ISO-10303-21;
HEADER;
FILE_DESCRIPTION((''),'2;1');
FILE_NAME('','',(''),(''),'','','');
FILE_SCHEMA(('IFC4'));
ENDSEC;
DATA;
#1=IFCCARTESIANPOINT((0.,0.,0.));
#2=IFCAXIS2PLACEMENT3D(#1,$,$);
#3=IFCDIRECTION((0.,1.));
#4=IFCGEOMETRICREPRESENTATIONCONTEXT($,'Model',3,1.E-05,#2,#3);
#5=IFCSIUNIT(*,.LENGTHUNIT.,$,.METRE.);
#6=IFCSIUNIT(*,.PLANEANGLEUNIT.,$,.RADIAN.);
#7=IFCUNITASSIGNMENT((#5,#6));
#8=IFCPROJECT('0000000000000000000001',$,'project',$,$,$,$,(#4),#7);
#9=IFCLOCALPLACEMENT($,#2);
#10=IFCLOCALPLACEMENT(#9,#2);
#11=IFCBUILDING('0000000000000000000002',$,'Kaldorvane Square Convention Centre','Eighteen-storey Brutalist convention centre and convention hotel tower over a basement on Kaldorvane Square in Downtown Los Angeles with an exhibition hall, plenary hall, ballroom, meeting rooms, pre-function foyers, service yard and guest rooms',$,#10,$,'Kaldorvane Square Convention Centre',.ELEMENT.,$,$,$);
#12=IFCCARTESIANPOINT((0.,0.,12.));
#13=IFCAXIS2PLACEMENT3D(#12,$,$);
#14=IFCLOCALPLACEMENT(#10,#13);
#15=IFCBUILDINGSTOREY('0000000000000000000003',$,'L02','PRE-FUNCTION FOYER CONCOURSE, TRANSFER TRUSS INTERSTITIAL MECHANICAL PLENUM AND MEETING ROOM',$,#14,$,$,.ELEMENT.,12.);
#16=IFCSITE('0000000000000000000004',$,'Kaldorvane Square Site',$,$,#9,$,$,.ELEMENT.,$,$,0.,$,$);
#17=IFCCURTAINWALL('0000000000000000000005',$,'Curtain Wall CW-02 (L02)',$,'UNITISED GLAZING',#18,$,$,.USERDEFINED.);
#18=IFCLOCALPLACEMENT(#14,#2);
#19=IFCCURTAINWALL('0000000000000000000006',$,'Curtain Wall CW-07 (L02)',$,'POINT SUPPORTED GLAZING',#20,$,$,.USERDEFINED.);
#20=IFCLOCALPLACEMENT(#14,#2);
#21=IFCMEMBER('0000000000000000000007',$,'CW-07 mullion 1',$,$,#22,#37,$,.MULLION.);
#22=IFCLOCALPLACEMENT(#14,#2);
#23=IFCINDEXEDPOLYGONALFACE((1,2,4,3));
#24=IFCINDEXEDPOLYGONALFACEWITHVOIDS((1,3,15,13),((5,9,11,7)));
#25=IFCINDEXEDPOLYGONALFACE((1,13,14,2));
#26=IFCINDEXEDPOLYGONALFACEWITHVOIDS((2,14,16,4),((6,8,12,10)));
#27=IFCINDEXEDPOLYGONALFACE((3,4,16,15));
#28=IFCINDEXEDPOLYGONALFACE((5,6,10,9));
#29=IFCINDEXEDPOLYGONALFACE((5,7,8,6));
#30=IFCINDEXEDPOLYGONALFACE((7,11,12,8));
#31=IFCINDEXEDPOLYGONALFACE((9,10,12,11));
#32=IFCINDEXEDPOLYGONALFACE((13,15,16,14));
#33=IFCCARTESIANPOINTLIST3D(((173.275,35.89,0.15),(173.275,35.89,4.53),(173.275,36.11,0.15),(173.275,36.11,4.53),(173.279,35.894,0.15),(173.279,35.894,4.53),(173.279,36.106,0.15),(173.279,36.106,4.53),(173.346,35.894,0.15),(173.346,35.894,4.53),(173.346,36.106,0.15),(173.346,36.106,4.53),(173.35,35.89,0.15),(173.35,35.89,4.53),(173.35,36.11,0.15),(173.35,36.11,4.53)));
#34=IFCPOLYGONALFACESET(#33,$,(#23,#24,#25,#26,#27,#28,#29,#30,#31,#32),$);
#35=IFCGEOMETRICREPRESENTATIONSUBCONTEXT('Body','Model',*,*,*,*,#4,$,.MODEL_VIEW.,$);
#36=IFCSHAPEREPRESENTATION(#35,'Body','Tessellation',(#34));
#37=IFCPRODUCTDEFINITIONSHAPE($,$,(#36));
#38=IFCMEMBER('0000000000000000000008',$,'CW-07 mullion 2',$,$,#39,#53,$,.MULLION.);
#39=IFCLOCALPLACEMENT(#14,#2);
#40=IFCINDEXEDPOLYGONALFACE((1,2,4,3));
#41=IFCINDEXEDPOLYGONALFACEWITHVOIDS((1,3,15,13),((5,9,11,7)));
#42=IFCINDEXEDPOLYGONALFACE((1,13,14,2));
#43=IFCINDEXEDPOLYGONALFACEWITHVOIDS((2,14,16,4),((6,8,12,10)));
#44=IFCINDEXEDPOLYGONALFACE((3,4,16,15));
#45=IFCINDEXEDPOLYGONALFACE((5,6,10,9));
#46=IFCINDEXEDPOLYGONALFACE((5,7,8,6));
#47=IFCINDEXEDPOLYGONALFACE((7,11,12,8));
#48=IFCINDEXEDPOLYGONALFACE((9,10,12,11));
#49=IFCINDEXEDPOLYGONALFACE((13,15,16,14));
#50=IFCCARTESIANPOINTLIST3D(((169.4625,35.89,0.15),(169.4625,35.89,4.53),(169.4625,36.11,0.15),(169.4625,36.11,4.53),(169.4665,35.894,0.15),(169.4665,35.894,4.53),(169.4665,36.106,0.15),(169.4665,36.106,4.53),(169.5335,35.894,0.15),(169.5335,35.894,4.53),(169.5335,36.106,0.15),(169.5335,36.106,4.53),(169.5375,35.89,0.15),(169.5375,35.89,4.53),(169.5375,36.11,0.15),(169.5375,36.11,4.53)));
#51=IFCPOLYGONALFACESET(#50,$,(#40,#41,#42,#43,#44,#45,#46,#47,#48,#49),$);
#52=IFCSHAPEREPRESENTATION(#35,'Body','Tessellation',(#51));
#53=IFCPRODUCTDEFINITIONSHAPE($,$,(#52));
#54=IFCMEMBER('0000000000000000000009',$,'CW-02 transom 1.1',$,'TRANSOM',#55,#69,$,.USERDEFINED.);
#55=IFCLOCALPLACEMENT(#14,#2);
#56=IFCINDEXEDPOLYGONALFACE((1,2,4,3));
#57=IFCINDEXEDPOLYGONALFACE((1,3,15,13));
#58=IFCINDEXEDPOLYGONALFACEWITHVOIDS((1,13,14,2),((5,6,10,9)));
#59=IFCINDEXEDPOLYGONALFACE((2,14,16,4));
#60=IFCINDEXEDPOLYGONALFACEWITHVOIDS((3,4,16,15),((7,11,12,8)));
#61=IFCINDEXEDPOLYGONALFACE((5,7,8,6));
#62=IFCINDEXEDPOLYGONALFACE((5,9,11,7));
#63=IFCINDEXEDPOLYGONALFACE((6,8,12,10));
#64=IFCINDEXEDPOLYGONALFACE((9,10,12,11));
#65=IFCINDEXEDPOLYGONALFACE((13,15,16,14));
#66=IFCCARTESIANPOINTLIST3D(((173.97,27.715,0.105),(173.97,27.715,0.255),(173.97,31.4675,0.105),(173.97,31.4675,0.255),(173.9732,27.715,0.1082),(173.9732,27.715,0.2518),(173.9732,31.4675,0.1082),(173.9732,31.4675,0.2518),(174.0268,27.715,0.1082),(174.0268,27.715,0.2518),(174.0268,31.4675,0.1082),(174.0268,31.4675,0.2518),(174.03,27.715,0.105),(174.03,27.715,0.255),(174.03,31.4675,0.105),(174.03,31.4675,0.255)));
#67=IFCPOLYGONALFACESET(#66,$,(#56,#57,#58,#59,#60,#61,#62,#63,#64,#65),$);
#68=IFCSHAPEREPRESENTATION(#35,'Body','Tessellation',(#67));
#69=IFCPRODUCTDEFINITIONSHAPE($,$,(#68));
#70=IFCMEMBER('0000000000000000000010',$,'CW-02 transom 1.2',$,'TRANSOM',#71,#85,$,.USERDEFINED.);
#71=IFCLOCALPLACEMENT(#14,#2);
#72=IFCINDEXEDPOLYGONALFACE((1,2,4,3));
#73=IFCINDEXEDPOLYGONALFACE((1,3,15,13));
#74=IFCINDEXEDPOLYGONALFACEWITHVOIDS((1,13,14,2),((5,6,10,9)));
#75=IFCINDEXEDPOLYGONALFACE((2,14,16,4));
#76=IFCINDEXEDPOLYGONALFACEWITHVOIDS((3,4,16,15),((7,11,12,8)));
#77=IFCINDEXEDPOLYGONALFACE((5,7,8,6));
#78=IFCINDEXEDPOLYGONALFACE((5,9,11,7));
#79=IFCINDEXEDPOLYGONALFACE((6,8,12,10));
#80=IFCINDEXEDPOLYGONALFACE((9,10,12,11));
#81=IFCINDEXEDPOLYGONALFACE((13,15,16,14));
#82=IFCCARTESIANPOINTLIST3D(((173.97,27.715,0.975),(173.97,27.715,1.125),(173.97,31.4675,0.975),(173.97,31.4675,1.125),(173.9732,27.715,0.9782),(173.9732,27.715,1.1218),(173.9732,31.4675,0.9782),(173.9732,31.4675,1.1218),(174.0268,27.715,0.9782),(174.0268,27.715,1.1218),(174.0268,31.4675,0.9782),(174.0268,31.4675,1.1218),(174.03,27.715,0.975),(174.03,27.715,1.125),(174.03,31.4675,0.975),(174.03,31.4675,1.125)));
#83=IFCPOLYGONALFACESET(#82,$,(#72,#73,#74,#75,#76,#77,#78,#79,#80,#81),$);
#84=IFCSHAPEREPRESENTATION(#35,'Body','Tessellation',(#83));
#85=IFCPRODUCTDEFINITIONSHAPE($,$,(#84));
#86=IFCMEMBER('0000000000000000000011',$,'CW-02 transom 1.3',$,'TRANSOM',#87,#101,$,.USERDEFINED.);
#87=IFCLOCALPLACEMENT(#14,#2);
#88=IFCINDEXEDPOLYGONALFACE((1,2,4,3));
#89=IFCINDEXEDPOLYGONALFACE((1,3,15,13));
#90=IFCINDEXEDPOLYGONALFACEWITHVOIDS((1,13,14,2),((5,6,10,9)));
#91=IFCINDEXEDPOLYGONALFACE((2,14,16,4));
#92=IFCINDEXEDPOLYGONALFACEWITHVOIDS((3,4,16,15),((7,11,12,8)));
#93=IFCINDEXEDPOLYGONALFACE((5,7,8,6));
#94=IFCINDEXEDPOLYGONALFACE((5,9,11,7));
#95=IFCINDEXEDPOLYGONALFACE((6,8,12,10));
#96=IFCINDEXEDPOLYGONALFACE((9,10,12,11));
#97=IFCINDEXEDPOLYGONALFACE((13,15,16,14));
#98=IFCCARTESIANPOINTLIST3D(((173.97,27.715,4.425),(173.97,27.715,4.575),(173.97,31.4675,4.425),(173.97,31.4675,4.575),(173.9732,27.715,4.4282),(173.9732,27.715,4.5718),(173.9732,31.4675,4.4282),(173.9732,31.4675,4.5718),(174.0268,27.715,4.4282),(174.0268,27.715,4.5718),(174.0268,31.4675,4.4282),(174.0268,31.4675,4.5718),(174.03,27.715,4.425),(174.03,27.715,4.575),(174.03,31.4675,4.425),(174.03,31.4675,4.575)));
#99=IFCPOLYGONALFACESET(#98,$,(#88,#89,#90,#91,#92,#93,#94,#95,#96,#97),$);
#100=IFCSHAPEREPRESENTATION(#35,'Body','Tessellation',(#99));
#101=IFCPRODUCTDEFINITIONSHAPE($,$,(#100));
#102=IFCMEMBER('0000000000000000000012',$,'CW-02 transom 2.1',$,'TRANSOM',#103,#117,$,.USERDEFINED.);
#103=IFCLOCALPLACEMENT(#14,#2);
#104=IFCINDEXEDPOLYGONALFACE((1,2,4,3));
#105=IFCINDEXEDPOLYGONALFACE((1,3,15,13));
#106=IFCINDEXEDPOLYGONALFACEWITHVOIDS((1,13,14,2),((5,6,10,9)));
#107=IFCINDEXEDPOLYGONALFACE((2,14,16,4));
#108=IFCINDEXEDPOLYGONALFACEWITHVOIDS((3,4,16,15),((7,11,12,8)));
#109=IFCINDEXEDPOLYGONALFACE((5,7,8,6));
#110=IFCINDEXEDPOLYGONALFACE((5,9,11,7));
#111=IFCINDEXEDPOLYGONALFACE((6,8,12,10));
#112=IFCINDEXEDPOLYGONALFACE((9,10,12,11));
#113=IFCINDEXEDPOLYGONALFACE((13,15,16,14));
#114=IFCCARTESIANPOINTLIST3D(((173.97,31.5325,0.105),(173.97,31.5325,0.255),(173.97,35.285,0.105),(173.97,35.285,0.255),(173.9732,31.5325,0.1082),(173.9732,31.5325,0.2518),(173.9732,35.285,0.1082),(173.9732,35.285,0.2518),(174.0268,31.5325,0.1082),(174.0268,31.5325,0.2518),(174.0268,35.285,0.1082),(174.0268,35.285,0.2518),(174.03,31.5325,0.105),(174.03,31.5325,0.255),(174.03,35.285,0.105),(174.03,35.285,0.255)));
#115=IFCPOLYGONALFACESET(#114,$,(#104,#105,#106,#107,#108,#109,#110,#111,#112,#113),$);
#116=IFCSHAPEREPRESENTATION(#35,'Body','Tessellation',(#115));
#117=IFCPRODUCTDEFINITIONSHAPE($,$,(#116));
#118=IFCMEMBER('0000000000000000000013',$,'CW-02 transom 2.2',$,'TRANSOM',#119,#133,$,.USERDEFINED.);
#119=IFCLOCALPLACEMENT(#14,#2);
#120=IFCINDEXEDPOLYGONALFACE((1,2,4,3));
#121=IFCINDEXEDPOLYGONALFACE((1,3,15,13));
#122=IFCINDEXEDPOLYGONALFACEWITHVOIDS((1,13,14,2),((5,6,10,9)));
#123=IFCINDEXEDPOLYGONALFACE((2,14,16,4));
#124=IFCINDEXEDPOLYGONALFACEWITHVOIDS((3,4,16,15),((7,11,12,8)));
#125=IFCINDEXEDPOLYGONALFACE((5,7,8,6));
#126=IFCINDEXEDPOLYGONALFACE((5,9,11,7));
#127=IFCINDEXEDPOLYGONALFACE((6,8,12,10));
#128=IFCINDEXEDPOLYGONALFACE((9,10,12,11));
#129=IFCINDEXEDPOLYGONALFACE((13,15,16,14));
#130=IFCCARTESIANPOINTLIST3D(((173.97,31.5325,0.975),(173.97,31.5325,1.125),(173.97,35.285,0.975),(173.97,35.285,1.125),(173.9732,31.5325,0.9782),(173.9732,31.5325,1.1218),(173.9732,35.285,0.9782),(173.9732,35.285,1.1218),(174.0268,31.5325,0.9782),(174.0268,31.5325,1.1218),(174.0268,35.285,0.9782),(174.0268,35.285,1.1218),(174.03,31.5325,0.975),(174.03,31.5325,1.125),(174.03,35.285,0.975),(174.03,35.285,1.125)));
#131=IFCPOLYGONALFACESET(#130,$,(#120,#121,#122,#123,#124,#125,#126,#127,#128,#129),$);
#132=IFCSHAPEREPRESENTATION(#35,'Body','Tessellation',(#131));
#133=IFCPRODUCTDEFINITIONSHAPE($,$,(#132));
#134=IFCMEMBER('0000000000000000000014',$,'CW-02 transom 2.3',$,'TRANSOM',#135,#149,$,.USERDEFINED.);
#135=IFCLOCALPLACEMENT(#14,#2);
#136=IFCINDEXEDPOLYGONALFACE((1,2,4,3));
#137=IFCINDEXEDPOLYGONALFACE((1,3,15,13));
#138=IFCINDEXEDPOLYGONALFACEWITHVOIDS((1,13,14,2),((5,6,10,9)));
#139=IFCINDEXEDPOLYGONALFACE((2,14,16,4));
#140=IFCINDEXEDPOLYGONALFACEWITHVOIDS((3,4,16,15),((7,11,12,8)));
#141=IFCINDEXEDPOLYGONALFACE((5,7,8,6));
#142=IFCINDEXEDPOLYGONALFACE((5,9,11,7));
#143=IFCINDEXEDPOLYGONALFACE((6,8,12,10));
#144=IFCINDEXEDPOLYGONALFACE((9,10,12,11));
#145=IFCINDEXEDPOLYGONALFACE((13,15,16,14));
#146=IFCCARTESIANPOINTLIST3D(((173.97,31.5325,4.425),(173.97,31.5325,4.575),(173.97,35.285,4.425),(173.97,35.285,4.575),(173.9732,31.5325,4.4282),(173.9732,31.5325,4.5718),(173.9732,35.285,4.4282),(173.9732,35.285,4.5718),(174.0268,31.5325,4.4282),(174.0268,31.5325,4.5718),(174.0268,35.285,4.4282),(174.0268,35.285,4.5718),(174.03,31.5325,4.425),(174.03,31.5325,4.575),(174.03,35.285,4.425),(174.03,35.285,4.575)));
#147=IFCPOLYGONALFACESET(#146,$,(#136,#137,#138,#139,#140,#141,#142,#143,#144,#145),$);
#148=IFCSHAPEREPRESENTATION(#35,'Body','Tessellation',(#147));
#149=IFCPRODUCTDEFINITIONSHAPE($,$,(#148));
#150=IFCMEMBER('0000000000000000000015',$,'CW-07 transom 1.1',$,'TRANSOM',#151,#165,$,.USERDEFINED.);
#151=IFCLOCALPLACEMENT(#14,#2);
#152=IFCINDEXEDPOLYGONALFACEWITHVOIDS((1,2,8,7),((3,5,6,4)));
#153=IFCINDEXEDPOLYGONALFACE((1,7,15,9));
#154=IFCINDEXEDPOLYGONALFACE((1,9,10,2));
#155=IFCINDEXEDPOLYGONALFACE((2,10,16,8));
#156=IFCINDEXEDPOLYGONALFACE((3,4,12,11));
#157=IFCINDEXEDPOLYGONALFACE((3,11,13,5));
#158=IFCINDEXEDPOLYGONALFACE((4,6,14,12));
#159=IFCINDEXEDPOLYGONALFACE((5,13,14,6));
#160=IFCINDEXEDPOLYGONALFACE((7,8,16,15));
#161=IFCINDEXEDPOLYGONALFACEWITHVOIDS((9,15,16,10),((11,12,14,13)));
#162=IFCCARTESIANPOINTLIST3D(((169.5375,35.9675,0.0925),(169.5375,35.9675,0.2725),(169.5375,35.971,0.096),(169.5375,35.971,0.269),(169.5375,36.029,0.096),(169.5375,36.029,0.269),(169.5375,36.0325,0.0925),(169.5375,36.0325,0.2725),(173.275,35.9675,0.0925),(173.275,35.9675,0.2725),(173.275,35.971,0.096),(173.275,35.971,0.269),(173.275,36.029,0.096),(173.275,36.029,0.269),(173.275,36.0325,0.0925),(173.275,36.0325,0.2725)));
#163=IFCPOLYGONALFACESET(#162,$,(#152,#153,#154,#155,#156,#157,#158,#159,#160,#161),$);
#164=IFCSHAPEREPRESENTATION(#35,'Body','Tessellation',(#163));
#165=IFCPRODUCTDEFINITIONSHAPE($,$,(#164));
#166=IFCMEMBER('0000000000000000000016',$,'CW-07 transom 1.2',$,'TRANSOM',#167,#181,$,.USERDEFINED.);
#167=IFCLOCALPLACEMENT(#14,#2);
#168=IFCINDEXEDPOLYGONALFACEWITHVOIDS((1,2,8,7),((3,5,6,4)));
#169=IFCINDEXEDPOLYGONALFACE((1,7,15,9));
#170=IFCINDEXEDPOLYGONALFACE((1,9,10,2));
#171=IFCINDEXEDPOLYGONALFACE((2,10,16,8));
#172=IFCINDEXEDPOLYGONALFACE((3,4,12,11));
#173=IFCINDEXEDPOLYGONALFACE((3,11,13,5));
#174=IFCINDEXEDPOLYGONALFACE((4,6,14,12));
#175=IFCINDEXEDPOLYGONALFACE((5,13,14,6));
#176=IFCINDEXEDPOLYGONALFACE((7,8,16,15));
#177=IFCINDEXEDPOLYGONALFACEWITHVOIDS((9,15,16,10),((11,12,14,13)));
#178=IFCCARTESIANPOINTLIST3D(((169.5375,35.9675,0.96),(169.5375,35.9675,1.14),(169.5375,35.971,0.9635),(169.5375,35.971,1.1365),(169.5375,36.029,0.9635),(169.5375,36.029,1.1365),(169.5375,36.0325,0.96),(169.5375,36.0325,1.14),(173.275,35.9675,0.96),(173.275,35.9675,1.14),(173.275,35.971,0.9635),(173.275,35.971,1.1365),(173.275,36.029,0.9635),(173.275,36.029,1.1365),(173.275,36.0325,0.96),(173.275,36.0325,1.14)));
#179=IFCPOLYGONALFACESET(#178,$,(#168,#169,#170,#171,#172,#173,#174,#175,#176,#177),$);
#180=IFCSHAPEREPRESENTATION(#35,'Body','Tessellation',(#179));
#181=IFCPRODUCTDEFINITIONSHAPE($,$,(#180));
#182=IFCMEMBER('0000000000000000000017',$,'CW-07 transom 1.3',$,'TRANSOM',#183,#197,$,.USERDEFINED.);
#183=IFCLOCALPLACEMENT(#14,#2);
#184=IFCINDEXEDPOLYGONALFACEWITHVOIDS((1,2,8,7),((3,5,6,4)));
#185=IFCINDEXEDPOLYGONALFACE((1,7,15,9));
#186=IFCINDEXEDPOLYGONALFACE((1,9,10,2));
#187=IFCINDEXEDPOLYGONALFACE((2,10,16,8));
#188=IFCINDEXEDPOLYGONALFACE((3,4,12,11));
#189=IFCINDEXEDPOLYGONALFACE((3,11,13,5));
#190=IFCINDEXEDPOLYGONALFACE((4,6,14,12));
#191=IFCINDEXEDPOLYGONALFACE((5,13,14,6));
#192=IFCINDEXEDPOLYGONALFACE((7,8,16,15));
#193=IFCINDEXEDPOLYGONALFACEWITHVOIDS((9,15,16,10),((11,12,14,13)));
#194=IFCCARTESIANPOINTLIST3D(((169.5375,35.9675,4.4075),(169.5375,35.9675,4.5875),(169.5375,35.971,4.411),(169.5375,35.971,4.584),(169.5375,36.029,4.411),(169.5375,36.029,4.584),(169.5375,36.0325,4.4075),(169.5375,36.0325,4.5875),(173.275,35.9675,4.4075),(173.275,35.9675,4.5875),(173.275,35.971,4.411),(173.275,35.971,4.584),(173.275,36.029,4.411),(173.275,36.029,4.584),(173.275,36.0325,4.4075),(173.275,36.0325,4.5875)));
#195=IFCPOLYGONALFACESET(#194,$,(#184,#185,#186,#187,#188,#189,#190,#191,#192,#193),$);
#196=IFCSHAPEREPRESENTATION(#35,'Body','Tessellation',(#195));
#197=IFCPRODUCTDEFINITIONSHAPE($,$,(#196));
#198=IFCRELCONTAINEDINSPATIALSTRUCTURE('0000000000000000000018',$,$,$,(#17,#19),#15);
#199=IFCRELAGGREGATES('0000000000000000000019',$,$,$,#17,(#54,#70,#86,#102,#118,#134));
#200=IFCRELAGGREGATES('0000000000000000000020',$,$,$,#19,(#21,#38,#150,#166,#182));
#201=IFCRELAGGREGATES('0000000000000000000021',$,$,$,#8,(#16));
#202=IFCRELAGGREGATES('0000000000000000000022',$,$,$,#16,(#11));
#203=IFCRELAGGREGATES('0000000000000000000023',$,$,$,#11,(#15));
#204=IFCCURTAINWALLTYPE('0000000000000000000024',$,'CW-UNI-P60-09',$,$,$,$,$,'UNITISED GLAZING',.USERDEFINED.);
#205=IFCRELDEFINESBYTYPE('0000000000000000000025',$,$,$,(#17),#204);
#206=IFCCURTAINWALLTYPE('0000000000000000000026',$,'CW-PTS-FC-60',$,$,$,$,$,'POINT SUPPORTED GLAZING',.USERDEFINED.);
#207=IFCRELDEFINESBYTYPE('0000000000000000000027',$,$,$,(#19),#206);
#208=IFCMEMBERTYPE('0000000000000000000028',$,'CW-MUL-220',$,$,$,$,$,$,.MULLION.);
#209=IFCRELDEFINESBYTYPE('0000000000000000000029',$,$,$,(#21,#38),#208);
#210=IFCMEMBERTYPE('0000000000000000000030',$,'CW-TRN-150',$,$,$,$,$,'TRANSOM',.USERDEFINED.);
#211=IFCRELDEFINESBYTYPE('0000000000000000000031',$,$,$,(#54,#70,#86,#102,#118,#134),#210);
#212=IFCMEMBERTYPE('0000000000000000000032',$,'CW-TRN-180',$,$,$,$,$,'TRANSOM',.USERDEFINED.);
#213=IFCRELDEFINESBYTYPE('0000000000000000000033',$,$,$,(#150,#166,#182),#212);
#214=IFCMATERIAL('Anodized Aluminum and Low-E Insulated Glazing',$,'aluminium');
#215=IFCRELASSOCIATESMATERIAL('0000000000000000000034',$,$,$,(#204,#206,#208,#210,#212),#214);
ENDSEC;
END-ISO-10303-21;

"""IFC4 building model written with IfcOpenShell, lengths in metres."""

from ifc_helpers import new_model, si_unit, direction, frame, origin, origin_2d, place, context, subcontext, project, spatial, hollow_rectangle, extrude, material, material_profile, profile_set, type_object, element, aggregate, save


model = new_model("IFC4")

# Units and contexts
model_context = context("Model", 3, precision=1e-05, world=origin(), true_north=direction((0.0, 1.0)))
body_context = subcontext(model_context, "Body", "Model", "MODEL_VIEW")
ifc_project = project(units=[si_unit("LENGTHUNIT", "METRE"), si_unit("PLANEANGLEUNIT", "RADIAN")], contexts=[model_context])

# Site, building, storey
site_placement = place(None, origin())
site = spatial("IfcSite", under=ifc_project, at=site_placement, Name="Kaldorvane Square Site", CompositionType="ELEMENT", RefElevation=0.0)
building_placement = place(site_placement, origin())
building = spatial("IfcBuilding", under=site, at=building_placement, Name="Kaldorvane Square Convention Centre", Description="Eighteen-storey Brutalist convention centre and convention hotel tower over a basement on Kaldorvane Square in Downtown Los Angeles with an exhibition hall, plenary hall, ballroom, meeting rooms, pre-function foyers, service yard and guest rooms", LongName="Kaldorvane Square Convention Centre", CompositionType="ELEMENT")
storey_placement = place(building_placement, frame((0.0, 0.0, 12.0)))
storey = spatial("IfcBuildingStorey", under=building, at=storey_placement, Name="L02", Description="PRE-FUNCTION FOYER CONCOURSE, TRANSFER TRUSS INTERSTITIAL MECHANICAL PLENUM AND MEETING ROOM", CompositionType="ELEMENT", Elevation=12.0)

# Shared definitions
ifc_material_1 = material(Name="Anodized Aluminum and Low-E Insulated Glazing", Category="aluminium")
curtain_wall_type_1 = type_object("IfcCurtainWallType", Name="CW-UNI-P60-09", ElementType="UNITISED GLAZING", PredefinedType="USERDEFINED", material=ifc_material_1)

# Curtain walls, members
curtain_wall_1_placement = place(storey_placement, origin())
curtain_wall_1 = element("IfcCurtainWall", 1, at=curtain_wall_1_placement, inside=storey, type_object=curtain_wall_type_1, Name="Curtain Wall CW-02 (L02)", ObjectType="UNITISED GLAZING", PredefinedType="USERDEFINED")
curtain_wall_type_2 = type_object("IfcCurtainWallType", Name="CW-PTS-FC-60", ElementType="POINT SUPPORTED GLAZING", PredefinedType="USERDEFINED", material=ifc_material_1)
curtain_wall_2_placement = place(storey_placement, origin())
curtain_wall_2 = element("IfcCurtainWall", 2, at=curtain_wall_2_placement, inside=storey, type_object=curtain_wall_type_2, Name="Curtain Wall CW-07 (L02)", ObjectType="POINT SUPPORTED GLAZING", PredefinedType="USERDEFINED")
ifc_material_profile_1 = material_profile(ifc_material_1, hollow_rectangle(XDim=0.075, YDim=0.22, WallThickness=0.004, at=origin_2d()), Name="CWM-220X75")
ifc_profile_set_1 = profile_set([ifc_material_profile_1], Name="Anodized Aluminum and Low-E Insulated Glazing")
member_type_1 = type_object("IfcMemberType", Name="CW-MUL-220", PredefinedType="MULLION", material=ifc_profile_set_1)
member_1_placement = place(storey_placement, frame((173.3125, 36.0, 0.15), z_axis=(0.0, 0.0, 1.0), x_axis=(-1.0, 0.0, 0.0)))
member_1 = element("IfcMember", 3, at=member_1_placement, type_object=member_type_1, Name="CW-07 mullion 1", PredefinedType="MULLION", context=body_context, shape_type="SweptSolid", body=[
    extrude(hollow_rectangle(XDim=0.075, YDim=0.22, WallThickness=0.004, at=origin_2d()), origin(), (0.0, 0.0, 1.0), 4.38),
])
member_2_placement = place(storey_placement, frame((169.5, 36.0, 0.15), z_axis=(0.0, 0.0, 1.0), x_axis=(-1.0, 0.0, 0.0)))
member_2 = element("IfcMember", 4, at=member_2_placement, type_object=member_type_1, Name="CW-07 mullion 2", PredefinedType="MULLION", context=body_context, shape_type="SweptSolid", body=[
    extrude(hollow_rectangle(XDim=0.075, YDim=0.22, WallThickness=0.004, at=origin_2d()), origin(), (0.0, 0.0, 1.0), 4.38),
])

# Members
ifc_material_profile_2 = material_profile(ifc_material_1, hollow_rectangle(XDim=0.06, YDim=0.15, WallThickness=0.0032, at=origin_2d()), Name="CWT-150X60")
ifc_profile_set_2 = profile_set([ifc_material_profile_2], Name="Anodized Aluminum and Low-E Insulated Glazing")
member_type_2 = type_object("IfcMemberType", Name="CW-TRN-150", ElementType="TRANSOM", PredefinedType="USERDEFINED", material=ifc_profile_set_2)
member_3_placement = place(storey_placement, frame((174.0, 27.715, 0.18), z_axis=(0.0, 1.0, 0.0), x_axis=(-1.0, 0.0, 0.0)))
member_3 = element("IfcMember", 5, at=member_3_placement, type_object=member_type_2, Name="CW-02 transom 1.1", ObjectType="TRANSOM", PredefinedType="USERDEFINED", context=body_context, shape_type="SweptSolid", body=[
    extrude(hollow_rectangle(XDim=0.06, YDim=0.15, WallThickness=0.0032, at=origin_2d()), origin(), (0.0, 0.0, 1.0), 3.7525),
])
member_4_placement = place(storey_placement, frame((174.0, 27.715, 1.05), z_axis=(0.0, 1.0, 0.0), x_axis=(-1.0, 0.0, 0.0)))
member_4 = element("IfcMember", 6, at=member_4_placement, type_object=member_type_2, Name="CW-02 transom 1.2", ObjectType="TRANSOM", PredefinedType="USERDEFINED", context=body_context, shape_type="SweptSolid", body=[
    extrude(hollow_rectangle(XDim=0.06, YDim=0.15, WallThickness=0.0032, at=origin_2d()), origin(), (0.0, 0.0, 1.0), 3.7525),
])
member_5_placement = place(storey_placement, frame((174.0, 27.715, 4.5), z_axis=(0.0, 1.0, 0.0), x_axis=(-1.0, 0.0, 0.0)))
member_5 = element("IfcMember", 7, at=member_5_placement, type_object=member_type_2, Name="CW-02 transom 1.3", ObjectType="TRANSOM", PredefinedType="USERDEFINED", context=body_context, shape_type="SweptSolid", body=[
    extrude(hollow_rectangle(XDim=0.06, YDim=0.15, WallThickness=0.0032, at=origin_2d()), origin(), (0.0, 0.0, 1.0), 3.7525),
])
member_6_placement = place(storey_placement, frame((174.0, 31.5325, 0.18), z_axis=(0.0, 1.0, 0.0), x_axis=(-1.0, 0.0, 0.0)))
member_6 = element("IfcMember", 8, at=member_6_placement, type_object=member_type_2, Name="CW-02 transom 2.1", ObjectType="TRANSOM", PredefinedType="USERDEFINED", context=body_context, shape_type="SweptSolid", body=[
    extrude(hollow_rectangle(XDim=0.06, YDim=0.15, WallThickness=0.0032, at=origin_2d()), origin(), (0.0, 0.0, 1.0), 3.7525),
])
member_7_placement = place(storey_placement, frame((174.0, 31.5325, 1.05), z_axis=(0.0, 1.0, 0.0), x_axis=(-1.0, 0.0, 0.0)))
member_7 = element("IfcMember", 9, at=member_7_placement, type_object=member_type_2, Name="CW-02 transom 2.2", ObjectType="TRANSOM", PredefinedType="USERDEFINED", context=body_context, shape_type="SweptSolid", body=[
    extrude(hollow_rectangle(XDim=0.06, YDim=0.15, WallThickness=0.0032, at=origin_2d()), origin(), (0.0, 0.0, 1.0), 3.7525),
])
member_8_placement = place(storey_placement, frame((174.0, 31.5325, 4.5), z_axis=(0.0, 1.0, 0.0), x_axis=(-1.0, 0.0, 0.0)))
member_8 = element("IfcMember", 10, at=member_8_placement, type_object=member_type_2, Name="CW-02 transom 2.3", ObjectType="TRANSOM", PredefinedType="USERDEFINED", context=body_context, shape_type="SweptSolid", body=[
    extrude(hollow_rectangle(XDim=0.06, YDim=0.15, WallThickness=0.0032, at=origin_2d()), origin(), (0.0, 0.0, 1.0), 3.7525),
])
ifc_material_profile_3 = material_profile(ifc_material_1, hollow_rectangle(XDim=0.065, YDim=0.18, WallThickness=0.0035, at=origin_2d()), Name="CWT-180X65")
ifc_profile_set_3 = profile_set([ifc_material_profile_3], Name="Anodized Aluminum and Low-E Insulated Glazing")
member_type_3 = type_object("IfcMemberType", Name="CW-TRN-180", ElementType="TRANSOM", PredefinedType="USERDEFINED", material=ifc_profile_set_3)
member_9_placement = place(storey_placement, frame((173.275, 36.0, 0.1825), z_axis=(-1.0, 0.0, 0.0), x_axis=(0.0, -1.0, 0.0)))
member_9 = element("IfcMember", 11, at=member_9_placement, type_object=member_type_3, Name="CW-07 transom 1.1", ObjectType="TRANSOM", PredefinedType="USERDEFINED", context=body_context, shape_type="SweptSolid", body=[
    extrude(hollow_rectangle(XDim=0.065, YDim=0.18, WallThickness=0.0035, at=origin_2d()), origin(), (0.0, 0.0, 1.0), 3.7375),
])
member_10_placement = place(storey_placement, frame((173.275, 36.0, 1.05), z_axis=(-1.0, 0.0, 0.0), x_axis=(0.0, -1.0, 0.0)))
member_10 = element("IfcMember", 12, at=member_10_placement, type_object=member_type_3, Name="CW-07 transom 1.2", ObjectType="TRANSOM", PredefinedType="USERDEFINED", context=body_context, shape_type="SweptSolid", body=[
    extrude(hollow_rectangle(XDim=0.065, YDim=0.18, WallThickness=0.0035, at=origin_2d()), origin(), (0.0, 0.0, 1.0), 3.7375),
])
member_11_placement = place(storey_placement, frame((173.275, 36.0, 4.4975), z_axis=(-1.0, 0.0, 0.0), x_axis=(0.0, -1.0, 0.0)))
member_11 = element("IfcMember", 13, at=member_11_placement, type_object=member_type_3, Name="CW-07 transom 1.3", ObjectType="TRANSOM", PredefinedType="USERDEFINED", context=body_context, shape_type="SweptSolid", body=[
    extrude(hollow_rectangle(XDim=0.065, YDim=0.18, WallThickness=0.0035, at=origin_2d()), origin(), (0.0, 0.0, 1.0), 3.7375),
])

aggregate(curtain_wall_1, [member_3, member_4, member_5, member_6, member_7, member_8])
aggregate(curtain_wall_2, [member_1, member_2, member_9, member_10, member_11])

save(model, "model.ifc")
